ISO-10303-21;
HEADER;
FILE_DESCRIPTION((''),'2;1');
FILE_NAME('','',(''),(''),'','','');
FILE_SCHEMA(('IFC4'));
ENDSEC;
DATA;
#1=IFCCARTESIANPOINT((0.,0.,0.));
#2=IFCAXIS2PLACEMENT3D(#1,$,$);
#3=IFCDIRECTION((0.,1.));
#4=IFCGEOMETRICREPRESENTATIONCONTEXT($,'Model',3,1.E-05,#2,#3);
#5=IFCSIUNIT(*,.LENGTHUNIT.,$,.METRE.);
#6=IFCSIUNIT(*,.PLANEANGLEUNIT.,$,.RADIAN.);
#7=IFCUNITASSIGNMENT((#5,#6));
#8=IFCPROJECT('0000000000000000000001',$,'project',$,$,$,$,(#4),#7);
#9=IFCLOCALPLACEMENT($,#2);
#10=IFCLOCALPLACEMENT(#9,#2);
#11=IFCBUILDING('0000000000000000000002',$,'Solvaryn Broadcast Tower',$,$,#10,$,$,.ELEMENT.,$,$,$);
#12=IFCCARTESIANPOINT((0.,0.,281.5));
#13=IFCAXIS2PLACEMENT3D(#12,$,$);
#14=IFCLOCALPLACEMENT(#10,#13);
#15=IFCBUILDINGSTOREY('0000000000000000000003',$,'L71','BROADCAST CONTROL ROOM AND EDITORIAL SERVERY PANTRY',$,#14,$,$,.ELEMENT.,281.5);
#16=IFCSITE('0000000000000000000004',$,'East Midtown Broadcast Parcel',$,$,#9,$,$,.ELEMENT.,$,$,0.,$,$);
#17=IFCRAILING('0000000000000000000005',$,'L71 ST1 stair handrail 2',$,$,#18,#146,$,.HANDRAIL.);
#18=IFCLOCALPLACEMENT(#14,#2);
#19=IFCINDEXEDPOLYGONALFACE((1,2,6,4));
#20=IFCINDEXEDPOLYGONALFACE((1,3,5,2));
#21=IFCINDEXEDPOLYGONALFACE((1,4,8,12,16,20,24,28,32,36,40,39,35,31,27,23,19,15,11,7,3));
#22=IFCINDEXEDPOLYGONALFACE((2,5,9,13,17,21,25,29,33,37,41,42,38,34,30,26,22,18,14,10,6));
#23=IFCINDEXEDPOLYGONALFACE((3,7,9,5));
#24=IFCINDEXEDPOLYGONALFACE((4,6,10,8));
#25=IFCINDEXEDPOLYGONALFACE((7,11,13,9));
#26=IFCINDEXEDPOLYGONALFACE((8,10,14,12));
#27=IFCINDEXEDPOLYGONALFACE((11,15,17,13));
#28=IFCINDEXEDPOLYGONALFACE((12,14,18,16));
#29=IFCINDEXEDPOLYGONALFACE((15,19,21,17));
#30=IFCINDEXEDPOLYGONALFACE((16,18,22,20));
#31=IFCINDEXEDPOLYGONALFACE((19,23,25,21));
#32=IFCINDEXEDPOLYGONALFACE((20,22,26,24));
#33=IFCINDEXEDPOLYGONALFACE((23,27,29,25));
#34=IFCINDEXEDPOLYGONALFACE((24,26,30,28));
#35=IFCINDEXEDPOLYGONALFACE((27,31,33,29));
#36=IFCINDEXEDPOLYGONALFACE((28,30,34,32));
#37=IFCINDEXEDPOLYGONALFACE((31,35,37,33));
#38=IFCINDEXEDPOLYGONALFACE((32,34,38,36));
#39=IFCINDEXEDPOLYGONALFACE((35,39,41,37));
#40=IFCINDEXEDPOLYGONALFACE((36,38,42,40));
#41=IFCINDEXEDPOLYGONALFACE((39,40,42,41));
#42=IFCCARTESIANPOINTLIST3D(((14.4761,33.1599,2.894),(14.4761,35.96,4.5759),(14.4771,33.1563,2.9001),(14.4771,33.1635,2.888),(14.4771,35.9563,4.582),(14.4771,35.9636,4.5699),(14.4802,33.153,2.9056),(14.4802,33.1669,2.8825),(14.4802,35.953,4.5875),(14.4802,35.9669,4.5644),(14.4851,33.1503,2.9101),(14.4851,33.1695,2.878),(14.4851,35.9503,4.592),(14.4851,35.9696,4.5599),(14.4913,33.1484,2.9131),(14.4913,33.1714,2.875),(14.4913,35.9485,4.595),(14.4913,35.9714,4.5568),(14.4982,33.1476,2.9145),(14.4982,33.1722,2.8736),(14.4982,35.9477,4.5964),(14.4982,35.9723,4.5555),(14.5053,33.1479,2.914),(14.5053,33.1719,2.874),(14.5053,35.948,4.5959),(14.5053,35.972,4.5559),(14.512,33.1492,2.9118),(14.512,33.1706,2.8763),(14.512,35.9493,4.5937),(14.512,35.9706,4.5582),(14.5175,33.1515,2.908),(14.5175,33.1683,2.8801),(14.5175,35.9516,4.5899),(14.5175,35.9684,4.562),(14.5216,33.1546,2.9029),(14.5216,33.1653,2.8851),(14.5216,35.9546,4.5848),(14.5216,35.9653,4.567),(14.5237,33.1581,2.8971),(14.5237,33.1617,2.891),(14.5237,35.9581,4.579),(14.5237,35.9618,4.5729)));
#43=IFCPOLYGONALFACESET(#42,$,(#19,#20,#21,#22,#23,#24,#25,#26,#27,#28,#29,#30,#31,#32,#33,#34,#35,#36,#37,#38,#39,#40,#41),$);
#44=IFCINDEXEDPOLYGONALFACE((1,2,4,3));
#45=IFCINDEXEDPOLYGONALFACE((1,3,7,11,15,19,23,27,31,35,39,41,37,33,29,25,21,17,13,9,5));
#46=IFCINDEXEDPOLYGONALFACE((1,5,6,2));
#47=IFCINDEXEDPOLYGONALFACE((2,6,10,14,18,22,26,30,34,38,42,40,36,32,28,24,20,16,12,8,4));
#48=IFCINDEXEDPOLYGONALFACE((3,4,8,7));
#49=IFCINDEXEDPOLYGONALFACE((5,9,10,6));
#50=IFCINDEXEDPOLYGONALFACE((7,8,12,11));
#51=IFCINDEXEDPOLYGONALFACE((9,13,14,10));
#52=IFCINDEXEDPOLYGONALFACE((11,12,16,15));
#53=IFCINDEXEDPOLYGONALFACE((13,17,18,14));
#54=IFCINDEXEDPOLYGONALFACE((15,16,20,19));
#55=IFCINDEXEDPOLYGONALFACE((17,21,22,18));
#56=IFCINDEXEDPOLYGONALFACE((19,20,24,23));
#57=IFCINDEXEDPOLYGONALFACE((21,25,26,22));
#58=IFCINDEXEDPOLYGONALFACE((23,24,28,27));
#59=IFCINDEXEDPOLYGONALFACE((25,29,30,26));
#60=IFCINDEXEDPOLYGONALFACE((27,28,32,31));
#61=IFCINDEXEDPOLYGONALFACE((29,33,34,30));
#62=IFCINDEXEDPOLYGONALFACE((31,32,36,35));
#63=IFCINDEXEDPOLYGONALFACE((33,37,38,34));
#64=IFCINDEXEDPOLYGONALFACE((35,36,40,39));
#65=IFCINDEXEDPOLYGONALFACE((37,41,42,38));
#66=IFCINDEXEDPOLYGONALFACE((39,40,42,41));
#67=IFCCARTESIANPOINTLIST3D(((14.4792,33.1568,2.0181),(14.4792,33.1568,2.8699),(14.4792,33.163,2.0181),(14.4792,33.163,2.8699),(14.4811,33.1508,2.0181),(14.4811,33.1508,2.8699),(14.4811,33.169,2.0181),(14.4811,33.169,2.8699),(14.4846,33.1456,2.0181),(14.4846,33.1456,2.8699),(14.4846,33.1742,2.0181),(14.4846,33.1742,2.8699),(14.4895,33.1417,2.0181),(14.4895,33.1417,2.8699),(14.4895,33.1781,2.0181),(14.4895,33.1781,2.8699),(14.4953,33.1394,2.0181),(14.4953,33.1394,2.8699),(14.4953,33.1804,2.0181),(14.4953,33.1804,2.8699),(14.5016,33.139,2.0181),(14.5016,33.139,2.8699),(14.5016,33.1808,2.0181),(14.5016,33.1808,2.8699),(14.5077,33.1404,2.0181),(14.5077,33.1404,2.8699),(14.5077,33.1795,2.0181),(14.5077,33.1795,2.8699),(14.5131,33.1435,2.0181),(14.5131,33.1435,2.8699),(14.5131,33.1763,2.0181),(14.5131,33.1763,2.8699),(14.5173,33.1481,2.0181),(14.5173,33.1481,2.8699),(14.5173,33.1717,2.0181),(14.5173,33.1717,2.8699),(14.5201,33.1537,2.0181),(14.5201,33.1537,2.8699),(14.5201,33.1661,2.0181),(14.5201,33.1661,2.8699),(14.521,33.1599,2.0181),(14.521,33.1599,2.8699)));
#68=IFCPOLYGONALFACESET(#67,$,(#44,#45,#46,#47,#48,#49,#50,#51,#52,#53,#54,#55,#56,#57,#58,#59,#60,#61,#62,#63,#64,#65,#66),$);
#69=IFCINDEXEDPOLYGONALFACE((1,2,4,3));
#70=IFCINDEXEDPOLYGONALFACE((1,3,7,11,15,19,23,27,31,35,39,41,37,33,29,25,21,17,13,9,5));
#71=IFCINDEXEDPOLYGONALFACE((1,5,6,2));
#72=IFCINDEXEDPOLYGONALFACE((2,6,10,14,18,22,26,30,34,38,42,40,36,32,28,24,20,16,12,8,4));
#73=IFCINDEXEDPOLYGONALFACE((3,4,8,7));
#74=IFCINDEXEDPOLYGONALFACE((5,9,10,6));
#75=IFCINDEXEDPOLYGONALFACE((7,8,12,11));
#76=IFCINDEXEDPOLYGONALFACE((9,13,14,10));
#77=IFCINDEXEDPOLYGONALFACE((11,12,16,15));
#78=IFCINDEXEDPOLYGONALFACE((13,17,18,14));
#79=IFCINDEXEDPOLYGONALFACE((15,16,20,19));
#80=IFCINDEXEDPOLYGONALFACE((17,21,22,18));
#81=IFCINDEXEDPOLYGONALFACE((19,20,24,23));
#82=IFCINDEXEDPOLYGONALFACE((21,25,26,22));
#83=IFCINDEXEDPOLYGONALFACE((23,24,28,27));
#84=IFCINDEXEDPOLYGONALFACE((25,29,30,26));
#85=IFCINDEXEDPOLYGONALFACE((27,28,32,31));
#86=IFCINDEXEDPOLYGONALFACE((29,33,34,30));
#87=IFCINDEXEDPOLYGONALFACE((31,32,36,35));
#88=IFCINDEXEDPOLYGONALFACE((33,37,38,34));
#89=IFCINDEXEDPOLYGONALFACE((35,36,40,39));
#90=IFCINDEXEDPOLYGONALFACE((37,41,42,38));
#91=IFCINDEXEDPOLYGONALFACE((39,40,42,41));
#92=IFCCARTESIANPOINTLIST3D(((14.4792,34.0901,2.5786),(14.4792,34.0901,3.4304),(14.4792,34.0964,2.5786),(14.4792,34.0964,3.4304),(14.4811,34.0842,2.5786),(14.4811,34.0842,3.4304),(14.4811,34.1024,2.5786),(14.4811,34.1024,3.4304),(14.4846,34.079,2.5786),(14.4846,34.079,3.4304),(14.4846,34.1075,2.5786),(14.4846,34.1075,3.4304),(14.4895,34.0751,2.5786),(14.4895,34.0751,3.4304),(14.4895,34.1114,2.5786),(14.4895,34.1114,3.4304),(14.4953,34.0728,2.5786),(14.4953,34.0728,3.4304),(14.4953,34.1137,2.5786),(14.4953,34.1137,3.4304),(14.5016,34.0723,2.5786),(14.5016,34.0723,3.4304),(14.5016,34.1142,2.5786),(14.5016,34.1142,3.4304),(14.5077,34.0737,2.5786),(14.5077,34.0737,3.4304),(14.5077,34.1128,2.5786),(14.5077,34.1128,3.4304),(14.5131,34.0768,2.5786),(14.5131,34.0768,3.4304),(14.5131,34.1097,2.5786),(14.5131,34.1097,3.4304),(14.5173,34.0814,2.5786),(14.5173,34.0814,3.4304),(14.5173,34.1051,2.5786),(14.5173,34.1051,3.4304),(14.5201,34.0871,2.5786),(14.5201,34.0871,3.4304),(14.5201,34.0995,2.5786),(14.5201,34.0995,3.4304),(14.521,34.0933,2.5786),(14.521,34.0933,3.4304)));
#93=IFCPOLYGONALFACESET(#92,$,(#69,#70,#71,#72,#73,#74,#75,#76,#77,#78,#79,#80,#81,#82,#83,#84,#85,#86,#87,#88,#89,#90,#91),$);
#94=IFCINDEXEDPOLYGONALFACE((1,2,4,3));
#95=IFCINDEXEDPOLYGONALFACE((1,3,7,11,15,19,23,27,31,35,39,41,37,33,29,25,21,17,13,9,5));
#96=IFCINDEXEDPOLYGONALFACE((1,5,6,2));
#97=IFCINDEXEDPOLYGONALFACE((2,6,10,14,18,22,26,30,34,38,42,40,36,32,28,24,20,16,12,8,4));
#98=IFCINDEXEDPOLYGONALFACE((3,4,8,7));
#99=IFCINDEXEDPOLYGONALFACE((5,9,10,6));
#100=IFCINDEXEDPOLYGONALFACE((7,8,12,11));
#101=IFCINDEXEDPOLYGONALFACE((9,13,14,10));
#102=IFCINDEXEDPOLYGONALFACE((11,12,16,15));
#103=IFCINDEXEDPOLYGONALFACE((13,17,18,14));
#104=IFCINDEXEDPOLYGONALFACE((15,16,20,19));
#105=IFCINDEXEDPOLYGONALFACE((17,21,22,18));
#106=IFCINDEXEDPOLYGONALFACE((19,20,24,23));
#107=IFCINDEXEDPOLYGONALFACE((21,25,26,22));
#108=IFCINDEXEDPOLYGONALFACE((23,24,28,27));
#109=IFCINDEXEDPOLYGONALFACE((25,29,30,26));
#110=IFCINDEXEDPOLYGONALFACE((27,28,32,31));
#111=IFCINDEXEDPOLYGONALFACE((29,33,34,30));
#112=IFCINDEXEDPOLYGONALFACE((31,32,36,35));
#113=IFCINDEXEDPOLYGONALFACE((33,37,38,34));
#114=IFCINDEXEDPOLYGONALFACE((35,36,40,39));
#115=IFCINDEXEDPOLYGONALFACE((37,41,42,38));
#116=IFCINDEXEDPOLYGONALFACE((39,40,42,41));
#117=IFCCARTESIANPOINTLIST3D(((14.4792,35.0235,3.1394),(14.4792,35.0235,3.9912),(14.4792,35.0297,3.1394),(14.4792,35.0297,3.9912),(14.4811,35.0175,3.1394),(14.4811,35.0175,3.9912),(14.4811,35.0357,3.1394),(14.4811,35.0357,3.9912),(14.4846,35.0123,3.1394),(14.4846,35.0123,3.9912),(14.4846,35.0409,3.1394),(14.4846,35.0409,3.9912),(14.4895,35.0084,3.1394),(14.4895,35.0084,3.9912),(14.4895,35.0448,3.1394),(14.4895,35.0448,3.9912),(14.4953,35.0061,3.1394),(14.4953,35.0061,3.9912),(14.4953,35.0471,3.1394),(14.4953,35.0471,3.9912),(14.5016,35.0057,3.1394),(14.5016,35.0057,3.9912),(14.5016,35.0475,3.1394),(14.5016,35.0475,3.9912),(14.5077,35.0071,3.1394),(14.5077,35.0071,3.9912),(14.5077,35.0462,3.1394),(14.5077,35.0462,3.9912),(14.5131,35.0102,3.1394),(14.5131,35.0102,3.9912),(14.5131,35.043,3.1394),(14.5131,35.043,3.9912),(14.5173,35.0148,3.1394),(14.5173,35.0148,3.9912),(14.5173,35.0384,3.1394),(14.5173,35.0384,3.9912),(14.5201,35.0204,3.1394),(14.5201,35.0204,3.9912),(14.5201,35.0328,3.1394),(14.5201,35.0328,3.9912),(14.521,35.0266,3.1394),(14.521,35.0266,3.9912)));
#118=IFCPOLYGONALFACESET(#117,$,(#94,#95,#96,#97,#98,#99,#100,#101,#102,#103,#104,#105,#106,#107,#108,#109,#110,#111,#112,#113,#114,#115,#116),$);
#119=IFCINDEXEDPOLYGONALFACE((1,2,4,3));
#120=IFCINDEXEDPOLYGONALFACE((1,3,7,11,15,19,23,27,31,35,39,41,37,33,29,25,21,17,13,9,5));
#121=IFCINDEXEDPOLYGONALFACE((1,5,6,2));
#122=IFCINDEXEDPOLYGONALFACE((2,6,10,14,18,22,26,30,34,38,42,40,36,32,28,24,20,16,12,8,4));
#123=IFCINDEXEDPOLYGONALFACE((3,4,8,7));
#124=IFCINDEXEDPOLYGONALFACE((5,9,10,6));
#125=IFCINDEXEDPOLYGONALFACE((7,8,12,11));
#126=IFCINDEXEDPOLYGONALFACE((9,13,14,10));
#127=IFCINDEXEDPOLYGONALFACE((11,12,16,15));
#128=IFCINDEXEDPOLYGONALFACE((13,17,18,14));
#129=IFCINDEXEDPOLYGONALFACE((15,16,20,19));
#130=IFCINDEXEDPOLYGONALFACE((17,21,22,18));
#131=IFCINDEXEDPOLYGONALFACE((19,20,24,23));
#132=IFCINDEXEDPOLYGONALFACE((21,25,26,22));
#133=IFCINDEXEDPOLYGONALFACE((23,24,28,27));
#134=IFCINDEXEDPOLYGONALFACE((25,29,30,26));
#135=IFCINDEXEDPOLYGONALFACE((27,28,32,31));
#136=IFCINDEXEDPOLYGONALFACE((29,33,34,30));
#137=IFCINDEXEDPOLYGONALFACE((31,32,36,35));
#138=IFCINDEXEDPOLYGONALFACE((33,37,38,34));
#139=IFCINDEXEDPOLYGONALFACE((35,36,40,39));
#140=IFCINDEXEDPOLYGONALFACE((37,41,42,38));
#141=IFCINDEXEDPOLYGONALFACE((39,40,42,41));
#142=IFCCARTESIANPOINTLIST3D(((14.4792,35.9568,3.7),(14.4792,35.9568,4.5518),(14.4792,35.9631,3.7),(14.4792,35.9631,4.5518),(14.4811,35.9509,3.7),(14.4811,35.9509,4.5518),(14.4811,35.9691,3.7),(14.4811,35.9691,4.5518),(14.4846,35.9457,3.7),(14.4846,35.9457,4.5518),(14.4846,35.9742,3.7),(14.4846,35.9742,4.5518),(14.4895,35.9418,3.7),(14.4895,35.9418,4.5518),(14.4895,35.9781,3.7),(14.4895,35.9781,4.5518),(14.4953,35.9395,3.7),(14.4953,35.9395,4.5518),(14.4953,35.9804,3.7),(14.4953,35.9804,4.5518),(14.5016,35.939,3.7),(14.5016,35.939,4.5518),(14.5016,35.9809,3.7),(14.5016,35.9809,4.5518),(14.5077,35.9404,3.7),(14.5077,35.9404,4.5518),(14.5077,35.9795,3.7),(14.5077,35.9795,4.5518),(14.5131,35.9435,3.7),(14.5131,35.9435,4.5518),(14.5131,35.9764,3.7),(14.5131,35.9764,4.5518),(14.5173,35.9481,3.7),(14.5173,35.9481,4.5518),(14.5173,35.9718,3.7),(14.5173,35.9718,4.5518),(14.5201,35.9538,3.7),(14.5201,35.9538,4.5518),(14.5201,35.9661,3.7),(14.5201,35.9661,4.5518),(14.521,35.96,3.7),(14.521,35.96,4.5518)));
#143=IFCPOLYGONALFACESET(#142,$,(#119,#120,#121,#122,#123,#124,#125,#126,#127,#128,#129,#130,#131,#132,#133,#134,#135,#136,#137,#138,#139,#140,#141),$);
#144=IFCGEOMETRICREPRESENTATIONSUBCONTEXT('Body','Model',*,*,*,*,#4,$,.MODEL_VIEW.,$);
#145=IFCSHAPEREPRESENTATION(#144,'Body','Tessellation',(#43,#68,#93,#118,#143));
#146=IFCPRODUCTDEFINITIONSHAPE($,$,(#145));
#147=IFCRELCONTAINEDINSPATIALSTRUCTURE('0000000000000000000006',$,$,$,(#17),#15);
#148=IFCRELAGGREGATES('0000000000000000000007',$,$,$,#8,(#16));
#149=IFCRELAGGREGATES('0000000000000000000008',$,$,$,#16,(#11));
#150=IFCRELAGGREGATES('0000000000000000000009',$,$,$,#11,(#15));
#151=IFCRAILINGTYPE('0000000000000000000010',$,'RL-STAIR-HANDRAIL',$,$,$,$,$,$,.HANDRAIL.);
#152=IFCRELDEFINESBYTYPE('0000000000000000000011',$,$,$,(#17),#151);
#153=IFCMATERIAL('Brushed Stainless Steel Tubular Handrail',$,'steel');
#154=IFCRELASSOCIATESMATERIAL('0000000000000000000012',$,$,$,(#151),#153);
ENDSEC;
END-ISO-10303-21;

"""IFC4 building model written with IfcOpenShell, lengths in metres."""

from ifc_helpers import new_model, si_unit, direction, frame, origin, origin_2d, place, context, subcontext, project, spatial, circle, extrude, material, type_object, element, save


model = new_model("IFC4")

# Units and contexts
model_context = context("Model", 3, precision=1e-05, world=origin(), true_north=direction((0.0, 1.0)))
body_context = subcontext(model_context, "Body", "Model", "MODEL_VIEW")
ifc_project = project(units=[si_unit("LENGTHUNIT", "METRE"), si_unit("PLANEANGLEUNIT", "RADIAN")], contexts=[model_context])

# Site, building, storey
site_placement = place(None, origin())
site = spatial("IfcSite", under=ifc_project, at=site_placement, Name="East Midtown Broadcast Parcel", CompositionType="ELEMENT", RefElevation=0.0)
building_placement = place(site_placement, origin())
building = spatial("IfcBuilding", under=site, at=building_placement, Name="Solvaryn Broadcast Tower", CompositionType="ELEMENT")
storey_placement = place(building_placement, frame((0.0, 0.0, 281.5)))
storey = spatial("IfcBuildingStorey", under=building, at=storey_placement, Name="L71", Description="BROADCAST CONTROL ROOM AND EDITORIAL SERVERY PANTRY", CompositionType="ELEMENT", Elevation=281.5)

# Railing
ifc_material_1 = material(Name="Brushed Stainless Steel Tubular Handrail", Category="steel")
railing_type_1 = type_object("IfcRailingType", Name="RL-STAIR-HANDRAIL", PredefinedType="HANDRAIL", material=ifc_material_1)
railing_1_placement = place(storey_placement, frame((14.5, 33.1599, 2.0181)))
element("IfcRailing", 1, at=railing_1_placement, inside=storey, type_object=railing_type_1, Name="L71 ST1 stair handrail 2", PredefinedType="HANDRAIL", context=body_context, shape_type="SweptSolid", body=[
    extrude(circle(Radius=0.0239, at=origin_2d()), frame((0.0, 0.0, 0.876), z_axis=(0.0, 0.857242, 0.514913), x_axis=(-1.0, 0.0, 0.0)), (0.0, 0.0, 1.0), 3.2664),
    extrude(circle(Radius=0.021, at=origin_2d()), origin(), (0.0, 0.0, 1.0), 0.8518),
    extrude(circle(Radius=0.021, at=origin_2d()), frame((0.0, 0.9333, 0.5605)), (0.0, 0.0, 1.0), 0.8518),
    extrude(circle(Radius=0.021, at=origin_2d()), frame((0.0, 1.8667, 1.1213)), (0.0, 0.0, 1.0), 0.8518),
    extrude(circle(Radius=0.021, at=origin_2d()), frame((0.0, 2.8, 1.6819)), (0.0, 0.0, 1.0), 0.8518),
])

save(model, "model.ifc")
